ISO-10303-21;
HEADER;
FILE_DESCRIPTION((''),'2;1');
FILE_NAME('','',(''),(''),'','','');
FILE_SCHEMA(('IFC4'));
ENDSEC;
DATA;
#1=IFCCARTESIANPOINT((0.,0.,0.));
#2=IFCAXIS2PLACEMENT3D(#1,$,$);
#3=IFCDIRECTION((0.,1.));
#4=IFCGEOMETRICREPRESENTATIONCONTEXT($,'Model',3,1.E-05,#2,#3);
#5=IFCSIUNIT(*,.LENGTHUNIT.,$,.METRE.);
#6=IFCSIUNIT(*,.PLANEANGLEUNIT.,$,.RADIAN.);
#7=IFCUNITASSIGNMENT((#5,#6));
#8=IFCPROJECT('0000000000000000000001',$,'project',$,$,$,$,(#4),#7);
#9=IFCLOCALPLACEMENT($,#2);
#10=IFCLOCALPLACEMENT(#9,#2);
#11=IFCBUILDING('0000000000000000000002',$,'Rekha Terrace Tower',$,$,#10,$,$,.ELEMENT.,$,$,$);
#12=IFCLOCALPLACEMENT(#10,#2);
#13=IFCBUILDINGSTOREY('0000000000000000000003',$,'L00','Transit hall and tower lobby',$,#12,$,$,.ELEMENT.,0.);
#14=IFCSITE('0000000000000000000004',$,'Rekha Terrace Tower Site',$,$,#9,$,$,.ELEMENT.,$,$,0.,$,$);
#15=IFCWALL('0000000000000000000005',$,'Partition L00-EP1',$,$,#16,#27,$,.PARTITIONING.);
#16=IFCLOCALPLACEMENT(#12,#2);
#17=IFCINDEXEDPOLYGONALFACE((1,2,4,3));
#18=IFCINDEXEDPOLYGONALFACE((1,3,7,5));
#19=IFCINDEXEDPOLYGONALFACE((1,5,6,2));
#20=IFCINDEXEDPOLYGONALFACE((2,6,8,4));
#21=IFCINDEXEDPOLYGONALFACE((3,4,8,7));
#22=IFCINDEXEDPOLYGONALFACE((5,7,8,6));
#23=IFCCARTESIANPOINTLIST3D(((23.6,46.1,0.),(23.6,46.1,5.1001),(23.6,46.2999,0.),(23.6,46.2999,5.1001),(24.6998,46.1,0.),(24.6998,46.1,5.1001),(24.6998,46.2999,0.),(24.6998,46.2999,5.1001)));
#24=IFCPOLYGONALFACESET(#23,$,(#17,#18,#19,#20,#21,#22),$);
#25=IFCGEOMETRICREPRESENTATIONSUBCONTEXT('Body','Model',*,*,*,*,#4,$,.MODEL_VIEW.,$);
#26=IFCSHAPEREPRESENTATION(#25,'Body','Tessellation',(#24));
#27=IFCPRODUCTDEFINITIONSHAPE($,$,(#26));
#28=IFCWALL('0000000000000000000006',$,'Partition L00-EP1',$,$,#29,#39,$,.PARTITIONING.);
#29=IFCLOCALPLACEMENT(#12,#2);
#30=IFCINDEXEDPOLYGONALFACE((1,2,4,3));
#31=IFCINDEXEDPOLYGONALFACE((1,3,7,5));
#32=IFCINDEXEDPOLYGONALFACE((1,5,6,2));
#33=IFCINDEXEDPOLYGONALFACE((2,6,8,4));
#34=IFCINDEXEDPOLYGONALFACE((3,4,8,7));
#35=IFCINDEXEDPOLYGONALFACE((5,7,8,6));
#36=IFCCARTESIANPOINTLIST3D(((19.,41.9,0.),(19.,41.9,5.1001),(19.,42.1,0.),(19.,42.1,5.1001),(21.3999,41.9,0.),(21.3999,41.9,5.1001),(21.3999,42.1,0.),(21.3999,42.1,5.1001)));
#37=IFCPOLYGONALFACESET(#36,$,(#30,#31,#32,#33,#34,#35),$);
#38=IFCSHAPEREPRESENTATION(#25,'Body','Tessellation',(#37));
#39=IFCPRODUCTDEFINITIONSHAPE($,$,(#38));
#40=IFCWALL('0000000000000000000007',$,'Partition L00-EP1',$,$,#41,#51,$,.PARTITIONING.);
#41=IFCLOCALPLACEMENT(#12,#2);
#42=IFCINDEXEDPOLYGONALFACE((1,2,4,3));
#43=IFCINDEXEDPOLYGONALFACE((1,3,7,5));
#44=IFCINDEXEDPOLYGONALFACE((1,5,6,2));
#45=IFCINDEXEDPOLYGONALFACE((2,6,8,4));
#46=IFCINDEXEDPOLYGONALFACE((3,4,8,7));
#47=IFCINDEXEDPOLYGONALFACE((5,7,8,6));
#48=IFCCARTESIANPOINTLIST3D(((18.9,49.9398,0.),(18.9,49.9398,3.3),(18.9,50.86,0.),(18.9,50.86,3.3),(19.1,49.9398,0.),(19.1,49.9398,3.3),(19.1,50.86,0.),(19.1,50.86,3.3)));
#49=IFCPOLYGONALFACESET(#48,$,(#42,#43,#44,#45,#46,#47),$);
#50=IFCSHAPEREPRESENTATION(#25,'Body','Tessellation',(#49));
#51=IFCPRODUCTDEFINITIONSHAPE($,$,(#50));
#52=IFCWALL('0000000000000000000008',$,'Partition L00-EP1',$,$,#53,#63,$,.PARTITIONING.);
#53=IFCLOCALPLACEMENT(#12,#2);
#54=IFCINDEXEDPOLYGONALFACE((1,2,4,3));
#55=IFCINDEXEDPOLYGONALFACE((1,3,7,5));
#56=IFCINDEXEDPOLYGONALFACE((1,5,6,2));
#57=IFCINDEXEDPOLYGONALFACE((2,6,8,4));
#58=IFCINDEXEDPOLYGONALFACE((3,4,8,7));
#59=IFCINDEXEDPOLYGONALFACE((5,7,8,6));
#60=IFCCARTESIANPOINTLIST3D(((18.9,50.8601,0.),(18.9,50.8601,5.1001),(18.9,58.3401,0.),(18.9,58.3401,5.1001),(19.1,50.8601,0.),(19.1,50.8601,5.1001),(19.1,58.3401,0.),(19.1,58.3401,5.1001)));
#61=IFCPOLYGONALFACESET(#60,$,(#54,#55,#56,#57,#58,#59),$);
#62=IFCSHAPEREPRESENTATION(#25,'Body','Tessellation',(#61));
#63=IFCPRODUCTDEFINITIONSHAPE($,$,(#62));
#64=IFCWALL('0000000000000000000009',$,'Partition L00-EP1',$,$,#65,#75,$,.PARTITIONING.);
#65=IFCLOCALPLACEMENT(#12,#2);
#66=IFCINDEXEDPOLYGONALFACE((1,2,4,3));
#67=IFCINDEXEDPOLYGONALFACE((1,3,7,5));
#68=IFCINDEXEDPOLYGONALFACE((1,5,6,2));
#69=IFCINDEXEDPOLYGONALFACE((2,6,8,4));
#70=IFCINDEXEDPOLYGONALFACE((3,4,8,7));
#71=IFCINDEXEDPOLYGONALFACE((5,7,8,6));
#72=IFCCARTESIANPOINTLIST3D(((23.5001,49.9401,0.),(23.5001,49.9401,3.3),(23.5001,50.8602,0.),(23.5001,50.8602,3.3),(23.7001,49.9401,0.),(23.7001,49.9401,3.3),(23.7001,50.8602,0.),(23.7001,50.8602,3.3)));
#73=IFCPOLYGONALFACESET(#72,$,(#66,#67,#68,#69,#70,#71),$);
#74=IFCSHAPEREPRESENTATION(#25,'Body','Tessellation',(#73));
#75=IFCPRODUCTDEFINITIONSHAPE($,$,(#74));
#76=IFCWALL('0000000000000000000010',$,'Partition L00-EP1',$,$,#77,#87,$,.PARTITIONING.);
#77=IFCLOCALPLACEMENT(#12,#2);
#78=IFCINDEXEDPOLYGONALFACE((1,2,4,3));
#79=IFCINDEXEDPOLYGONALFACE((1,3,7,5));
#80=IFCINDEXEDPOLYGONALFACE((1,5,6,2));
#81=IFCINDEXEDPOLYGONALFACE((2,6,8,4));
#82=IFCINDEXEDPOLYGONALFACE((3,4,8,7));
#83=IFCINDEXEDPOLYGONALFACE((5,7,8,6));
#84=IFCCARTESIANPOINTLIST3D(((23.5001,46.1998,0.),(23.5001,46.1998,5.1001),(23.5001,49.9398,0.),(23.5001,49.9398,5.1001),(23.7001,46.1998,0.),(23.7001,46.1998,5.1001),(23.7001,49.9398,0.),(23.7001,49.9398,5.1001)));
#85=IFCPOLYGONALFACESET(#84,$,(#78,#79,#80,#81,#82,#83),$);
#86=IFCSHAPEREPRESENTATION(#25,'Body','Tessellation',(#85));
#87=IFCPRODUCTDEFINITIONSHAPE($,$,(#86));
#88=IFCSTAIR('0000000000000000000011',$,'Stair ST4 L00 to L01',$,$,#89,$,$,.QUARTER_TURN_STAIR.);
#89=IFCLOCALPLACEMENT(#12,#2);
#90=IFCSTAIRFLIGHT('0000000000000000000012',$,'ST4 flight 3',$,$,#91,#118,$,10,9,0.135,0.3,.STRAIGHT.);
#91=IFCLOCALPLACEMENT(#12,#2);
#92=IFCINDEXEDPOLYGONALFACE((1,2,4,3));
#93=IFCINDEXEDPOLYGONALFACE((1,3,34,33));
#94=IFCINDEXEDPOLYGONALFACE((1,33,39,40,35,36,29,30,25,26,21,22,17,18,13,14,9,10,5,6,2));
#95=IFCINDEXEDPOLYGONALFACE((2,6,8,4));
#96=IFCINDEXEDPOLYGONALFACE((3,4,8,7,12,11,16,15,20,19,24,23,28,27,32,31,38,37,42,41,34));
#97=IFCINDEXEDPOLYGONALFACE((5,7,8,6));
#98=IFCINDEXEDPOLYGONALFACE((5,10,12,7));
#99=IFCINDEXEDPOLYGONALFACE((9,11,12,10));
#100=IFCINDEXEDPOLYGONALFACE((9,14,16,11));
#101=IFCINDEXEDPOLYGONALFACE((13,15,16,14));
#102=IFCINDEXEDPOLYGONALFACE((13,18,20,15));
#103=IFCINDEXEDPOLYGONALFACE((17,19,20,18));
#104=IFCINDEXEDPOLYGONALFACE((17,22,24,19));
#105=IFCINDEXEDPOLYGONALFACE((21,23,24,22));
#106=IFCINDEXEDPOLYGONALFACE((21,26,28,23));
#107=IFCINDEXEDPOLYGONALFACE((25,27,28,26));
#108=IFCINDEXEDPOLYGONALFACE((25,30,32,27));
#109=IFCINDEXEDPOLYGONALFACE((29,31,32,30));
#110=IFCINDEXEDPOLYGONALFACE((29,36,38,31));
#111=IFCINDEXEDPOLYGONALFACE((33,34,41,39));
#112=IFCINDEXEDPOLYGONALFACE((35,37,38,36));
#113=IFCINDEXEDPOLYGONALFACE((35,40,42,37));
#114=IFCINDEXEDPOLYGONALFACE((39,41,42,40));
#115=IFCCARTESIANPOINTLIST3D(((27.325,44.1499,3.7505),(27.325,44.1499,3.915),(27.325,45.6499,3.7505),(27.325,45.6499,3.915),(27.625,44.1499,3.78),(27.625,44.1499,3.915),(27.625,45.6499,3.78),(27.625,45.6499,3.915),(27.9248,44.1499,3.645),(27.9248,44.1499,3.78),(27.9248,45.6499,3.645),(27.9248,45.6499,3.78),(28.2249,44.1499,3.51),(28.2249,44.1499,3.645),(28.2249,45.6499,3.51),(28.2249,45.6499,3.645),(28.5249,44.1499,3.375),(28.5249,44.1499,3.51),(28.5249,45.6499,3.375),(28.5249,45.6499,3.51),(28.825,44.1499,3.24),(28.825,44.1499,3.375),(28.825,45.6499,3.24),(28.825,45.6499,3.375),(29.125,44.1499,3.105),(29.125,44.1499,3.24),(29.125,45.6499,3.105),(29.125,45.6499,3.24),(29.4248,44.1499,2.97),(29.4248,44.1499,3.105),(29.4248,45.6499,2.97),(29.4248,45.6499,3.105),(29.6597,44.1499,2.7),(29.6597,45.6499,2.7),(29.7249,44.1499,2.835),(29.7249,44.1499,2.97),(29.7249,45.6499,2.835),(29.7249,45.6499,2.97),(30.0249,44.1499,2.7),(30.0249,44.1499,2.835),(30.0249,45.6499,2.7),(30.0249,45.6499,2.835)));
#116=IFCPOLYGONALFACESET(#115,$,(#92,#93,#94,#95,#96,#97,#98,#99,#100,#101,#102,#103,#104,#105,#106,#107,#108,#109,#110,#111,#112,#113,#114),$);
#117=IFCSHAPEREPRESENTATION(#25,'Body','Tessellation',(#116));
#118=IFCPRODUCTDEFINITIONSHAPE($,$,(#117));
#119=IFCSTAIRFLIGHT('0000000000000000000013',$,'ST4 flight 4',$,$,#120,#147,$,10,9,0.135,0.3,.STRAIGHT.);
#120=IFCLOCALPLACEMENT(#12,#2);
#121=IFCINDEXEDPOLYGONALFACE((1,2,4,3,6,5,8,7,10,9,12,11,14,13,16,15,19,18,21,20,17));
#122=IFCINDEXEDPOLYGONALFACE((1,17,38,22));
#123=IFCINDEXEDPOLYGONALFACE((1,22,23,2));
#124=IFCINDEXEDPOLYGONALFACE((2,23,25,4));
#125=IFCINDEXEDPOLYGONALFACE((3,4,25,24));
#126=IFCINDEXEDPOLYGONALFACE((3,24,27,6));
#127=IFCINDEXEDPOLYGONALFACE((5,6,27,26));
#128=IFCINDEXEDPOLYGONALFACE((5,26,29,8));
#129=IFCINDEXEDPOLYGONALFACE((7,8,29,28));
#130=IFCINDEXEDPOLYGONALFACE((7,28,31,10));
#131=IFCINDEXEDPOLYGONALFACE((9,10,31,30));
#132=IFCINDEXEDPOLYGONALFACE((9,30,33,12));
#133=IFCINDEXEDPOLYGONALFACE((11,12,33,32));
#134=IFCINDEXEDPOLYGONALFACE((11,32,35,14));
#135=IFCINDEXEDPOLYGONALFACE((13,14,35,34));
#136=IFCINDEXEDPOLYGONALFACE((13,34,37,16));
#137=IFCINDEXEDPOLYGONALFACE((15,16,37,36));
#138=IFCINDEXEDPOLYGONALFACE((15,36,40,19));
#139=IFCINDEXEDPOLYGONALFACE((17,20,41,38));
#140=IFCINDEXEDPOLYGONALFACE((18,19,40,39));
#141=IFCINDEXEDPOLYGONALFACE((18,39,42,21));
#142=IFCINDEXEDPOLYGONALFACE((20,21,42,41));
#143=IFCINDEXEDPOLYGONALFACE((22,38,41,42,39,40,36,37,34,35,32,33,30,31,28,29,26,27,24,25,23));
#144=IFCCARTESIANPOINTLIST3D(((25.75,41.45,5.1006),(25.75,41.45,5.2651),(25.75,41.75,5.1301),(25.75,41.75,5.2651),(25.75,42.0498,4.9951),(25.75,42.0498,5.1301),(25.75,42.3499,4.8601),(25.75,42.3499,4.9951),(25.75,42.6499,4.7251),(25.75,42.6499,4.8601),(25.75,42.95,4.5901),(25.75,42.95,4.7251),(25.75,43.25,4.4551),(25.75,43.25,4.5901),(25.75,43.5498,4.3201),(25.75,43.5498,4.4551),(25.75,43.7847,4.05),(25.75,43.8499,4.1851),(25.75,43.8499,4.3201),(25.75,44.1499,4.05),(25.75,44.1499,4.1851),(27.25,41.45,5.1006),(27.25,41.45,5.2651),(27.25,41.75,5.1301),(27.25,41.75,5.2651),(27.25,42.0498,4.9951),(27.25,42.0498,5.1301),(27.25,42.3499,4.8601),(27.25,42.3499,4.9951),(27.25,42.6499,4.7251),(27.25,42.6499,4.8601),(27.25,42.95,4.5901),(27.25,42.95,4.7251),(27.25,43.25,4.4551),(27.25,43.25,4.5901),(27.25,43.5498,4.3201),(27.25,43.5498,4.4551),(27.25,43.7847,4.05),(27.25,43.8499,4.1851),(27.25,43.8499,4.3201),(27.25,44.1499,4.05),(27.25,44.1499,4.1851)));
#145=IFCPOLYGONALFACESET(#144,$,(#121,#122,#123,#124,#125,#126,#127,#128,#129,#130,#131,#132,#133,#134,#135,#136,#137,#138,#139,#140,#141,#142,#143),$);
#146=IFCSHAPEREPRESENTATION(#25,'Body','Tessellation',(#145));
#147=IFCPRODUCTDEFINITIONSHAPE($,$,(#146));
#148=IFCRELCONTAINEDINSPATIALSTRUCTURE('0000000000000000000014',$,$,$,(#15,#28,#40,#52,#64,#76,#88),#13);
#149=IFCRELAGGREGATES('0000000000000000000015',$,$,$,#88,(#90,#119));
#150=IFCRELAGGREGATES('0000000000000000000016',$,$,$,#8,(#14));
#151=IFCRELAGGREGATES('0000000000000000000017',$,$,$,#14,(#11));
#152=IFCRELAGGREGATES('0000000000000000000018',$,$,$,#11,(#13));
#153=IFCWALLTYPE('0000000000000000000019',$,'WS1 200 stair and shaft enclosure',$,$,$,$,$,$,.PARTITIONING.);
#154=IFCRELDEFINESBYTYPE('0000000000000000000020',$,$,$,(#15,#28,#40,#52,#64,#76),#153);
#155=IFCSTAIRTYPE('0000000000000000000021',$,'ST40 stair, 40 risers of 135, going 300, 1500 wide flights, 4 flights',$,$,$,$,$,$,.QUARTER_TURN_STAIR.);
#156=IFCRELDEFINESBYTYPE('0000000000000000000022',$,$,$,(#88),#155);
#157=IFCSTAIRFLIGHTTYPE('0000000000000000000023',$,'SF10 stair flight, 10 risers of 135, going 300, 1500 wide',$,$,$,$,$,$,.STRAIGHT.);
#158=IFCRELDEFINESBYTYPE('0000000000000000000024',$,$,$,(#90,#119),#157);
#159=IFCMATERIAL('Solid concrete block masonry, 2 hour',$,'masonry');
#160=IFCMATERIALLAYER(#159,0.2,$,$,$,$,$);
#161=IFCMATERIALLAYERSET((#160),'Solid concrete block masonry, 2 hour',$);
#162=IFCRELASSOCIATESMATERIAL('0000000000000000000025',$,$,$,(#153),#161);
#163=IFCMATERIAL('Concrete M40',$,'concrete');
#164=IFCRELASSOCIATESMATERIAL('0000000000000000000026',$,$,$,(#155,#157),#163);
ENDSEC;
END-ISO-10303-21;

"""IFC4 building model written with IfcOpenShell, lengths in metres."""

from ifc_helpers import new_model, si_unit, direction, frame, frame_2d, origin, place, context, subcontext, project, spatial, polyline, rectangle, outline, extrude, material, layer, layer_set, type_object, element, aggregate, save


model = new_model("IFC4")

# Units and contexts
model_context = context("Model", 3, precision=1e-05, world=origin(), true_north=direction((0.0, 1.0)))
body_context = subcontext(model_context, "Body", "Model", "MODEL_VIEW")
ifc_project = project(units=[si_unit("LENGTHUNIT", "METRE"), si_unit("PLANEANGLEUNIT", "RADIAN")], contexts=[model_context])

# Site, building, storey
site_placement = place(None, origin())
site = spatial("IfcSite", under=ifc_project, at=site_placement, Name="Rekha Terrace Tower Site", CompositionType="ELEMENT", RefElevation=0.0)
building_placement = place(site_placement, origin())
building = spatial("IfcBuilding", under=site, at=building_placement, Name="Rekha Terrace Tower", CompositionType="ELEMENT")
storey_placement = place(building_placement, origin())
storey = spatial("IfcBuildingStorey", under=building, at=storey_placement, Name="L00", Description="Transit hall and tower lobby", CompositionType="ELEMENT", Elevation=0.0)

# Walls
ifc_material_1 = material(Name="Solid concrete block masonry, 2 hour", Category="masonry")
ifc_layer_1 = layer(ifc_material_1, 0.2)
ifc_layer_set_1 = layer_set([ifc_layer_1], Name="Solid concrete block masonry, 2 hour")
wall_type_1 = type_object("IfcWallType", Name="WS1 200 stair and shaft enclosure", PredefinedType="PARTITIONING", material=ifc_layer_set_1)
wall_1_placement = place(storey_placement, frame((23.6001, 46.2, 0.0), z_axis=(0.0, 0.0, 1.0), x_axis=(1.0, 0.0, 0.0)))
element("IfcWall", 1, at=wall_1_placement, inside=storey, type_object=wall_type_1, Name="Partition L00-EP1", PredefinedType="PARTITIONING", context=body_context, shape_type="SweptSolid", body=[
    extrude(rectangle(XDim=1.0999, YDim=0.2, at=frame_2d((0.5498, 0.0))), origin(), (0.0, 0.0, 1.0), 5.1001),
])
wall_2_placement = place(storey_placement, frame((21.3999, 42.0, 0.0), z_axis=(0.0, 0.0, 1.0), x_axis=(-1.0, 0.0, 0.0)))
element("IfcWall", 2, at=wall_2_placement, inside=storey, type_object=wall_type_1, Name="Partition L00-EP1", PredefinedType="PARTITIONING", context=body_context, shape_type="SweptSolid", body=[
    extrude(rectangle(XDim=2.3999, YDim=0.2, at=frame_2d((1.2, 0.0))), origin(), (0.0, 0.0, 1.0), 5.1001),
])
wall_3_placement = place(storey_placement, frame((19.0, 49.9399, 0.0), z_axis=(0.0, 0.0, 1.0), x_axis=(0.0, 1.0, 0.0)))
element("IfcWall", 3, at=wall_3_placement, inside=storey, type_object=wall_type_1, Name="Partition L00-EP1", PredefinedType="PARTITIONING", context=body_context, shape_type="SweptSolid", body=[
    extrude(rectangle(XDim=0.9202, YDim=0.2, at=frame_2d((0.46, 0.0))), origin(), (0.0, 0.0, 1.0), 3.3),
])
wall_4_placement = place(storey_placement, frame((19.0, 50.8601, 0.0), z_axis=(0.0, 0.0, 1.0), x_axis=(0.0, 1.0, 0.0)))
element("IfcWall", 4, at=wall_4_placement, inside=storey, type_object=wall_type_1, Name="Partition L00-EP1", PredefinedType="PARTITIONING", context=body_context, shape_type="SweptSolid", body=[
    extrude(rectangle(XDim=7.48, YDim=0.2, at=frame_2d((3.74, 0.0))), origin(), (0.0, 0.0, 1.0), 5.1001),
])
wall_5_placement = place(storey_placement, frame((23.6001, 50.8601, 0.0), z_axis=(0.0, 0.0, 1.0), x_axis=(0.0, -1.0, 0.0)))
element("IfcWall", 5, at=wall_5_placement, inside=storey, type_object=wall_type_1, Name="Partition L00-EP1", PredefinedType="PARTITIONING", context=body_context, shape_type="SweptSolid", body=[
    extrude(rectangle(XDim=0.9202, YDim=0.2, at=frame_2d((0.46, 0.0))), origin(), (0.0, 0.0, 1.0), 3.3),
])
wall_6_placement = place(storey_placement, frame((23.6001, 49.9399, 0.0), z_axis=(0.0, 0.0, 1.0), x_axis=(0.0, -1.0, 0.0)))
element("IfcWall", 6, at=wall_6_placement, inside=storey, type_object=wall_type_1, Name="Partition L00-EP1", PredefinedType="PARTITIONING", context=body_context, shape_type="SweptSolid", body=[
    extrude(rectangle(XDim=3.74, YDim=0.2, at=frame_2d((1.8701, 0.0))), origin(), (0.0, 0.0, 1.0), 5.1001),
])

# Stair, stair flights
ifc_material_2 = material(Name="Concrete M40", Category="concrete")
stair_type = type_object("IfcStairType", Name="ST40 stair, 40 risers of 135, going 300, 1500 wide flights, 4 flights", PredefinedType="QUARTER_TURN_STAIR", material=ifc_material_2)
stair_placement = place(storey_placement, origin())
stair = element("IfcStair", 7, at=stair_placement, inside=storey, type_object=stair_type, Name="Stair ST4 L00 to L01", PredefinedType="QUARTER_TURN_STAIR")
stair_flight_type = type_object("IfcStairFlightType", Name="SF10 stair flight, 10 risers of 135, going 300, 1500 wide", PredefinedType="STRAIGHT", material=ifc_material_2)
stair_flight_1_placement = place(storey_placement, frame((30.0249, 44.8999, 2.7), z_axis=(0.0, 0.0, 1.0), x_axis=(-1.0, 0.0, 0.0)))
stair_flight_1 = element("IfcStairFlight", 8, at=stair_flight_1_placement, type_object=stair_flight_type, Name="ST4 flight 3", NumberOfRisers=10, NumberOfTreads=9, PredefinedType="STRAIGHT", RiserHeight=0.135, TreadLength=0.3, context=body_context, shape_type="SweptSolid", body=[
    extrude(outline(polyline([(0.0, 0.0), (0.0, 0.135), (0.3, 0.135), (0.3, 0.27), (0.6001, 0.27), (0.6001, 0.405), (0.8999, 0.405), (0.8999, 0.54), (1.2, 0.54), (1.2, 0.675), (1.5, 0.675), (1.5, 0.8101), (1.8, 0.8101), (1.8, 0.9451), (2.1001, 0.9451), (2.1001, 1.0801), (2.3999, 1.0801), (2.3999, 1.2151), (2.7, 1.2151), (2.7, 1.3501), (2.7, 1.0505), (0.3652, 0.0), (0.0, 0.0)])), frame((0.0, 0.75, 0.0), z_axis=(0.0, -1.0, 0.0), x_axis=(1.0, 0.0, 0.0)), (0.0, 0.0, 1.0), 1.5),
])
stair_flight_2_placement = place(storey_placement, frame((26.5, 44.1499, 4.05), z_axis=(0.0, 0.0, 1.0), x_axis=(0.0, -1.0, 0.0)))
stair_flight_2 = element("IfcStairFlight", 9, at=stair_flight_2_placement, type_object=stair_flight_type, Name="ST4 flight 4", NumberOfRisers=10, NumberOfTreads=9, PredefinedType="STRAIGHT", RiserHeight=0.135, TreadLength=0.3, context=body_context, shape_type="SweptSolid", body=[
    extrude(outline(polyline([(0.0, 0.0), (0.0, 0.135), (0.3, 0.135), (0.3, 0.27), (0.6001, 0.27), (0.6001, 0.405), (0.8999, 0.405), (0.8999, 0.54), (1.2, 0.54), (1.2, 0.675), (1.5, 0.675), (1.5, 0.8101), (1.8, 0.8101), (1.8, 0.9451), (2.1001, 0.9451), (2.1001, 1.0801), (2.3999, 1.0801), (2.3999, 1.2151), (2.7, 1.2151), (2.7, 1.3501), (2.7, 1.0505), (0.3652, 0.0), (0.0, 0.0)])), frame((0.0, 0.75, 0.0), z_axis=(0.0, -1.0, 0.0), x_axis=(1.0, 0.0, 0.0)), (0.0, 0.0, 1.0), 1.5),
])
aggregate(stair, [stair_flight_1, stair_flight_2])

save(model, "model.ifc")
